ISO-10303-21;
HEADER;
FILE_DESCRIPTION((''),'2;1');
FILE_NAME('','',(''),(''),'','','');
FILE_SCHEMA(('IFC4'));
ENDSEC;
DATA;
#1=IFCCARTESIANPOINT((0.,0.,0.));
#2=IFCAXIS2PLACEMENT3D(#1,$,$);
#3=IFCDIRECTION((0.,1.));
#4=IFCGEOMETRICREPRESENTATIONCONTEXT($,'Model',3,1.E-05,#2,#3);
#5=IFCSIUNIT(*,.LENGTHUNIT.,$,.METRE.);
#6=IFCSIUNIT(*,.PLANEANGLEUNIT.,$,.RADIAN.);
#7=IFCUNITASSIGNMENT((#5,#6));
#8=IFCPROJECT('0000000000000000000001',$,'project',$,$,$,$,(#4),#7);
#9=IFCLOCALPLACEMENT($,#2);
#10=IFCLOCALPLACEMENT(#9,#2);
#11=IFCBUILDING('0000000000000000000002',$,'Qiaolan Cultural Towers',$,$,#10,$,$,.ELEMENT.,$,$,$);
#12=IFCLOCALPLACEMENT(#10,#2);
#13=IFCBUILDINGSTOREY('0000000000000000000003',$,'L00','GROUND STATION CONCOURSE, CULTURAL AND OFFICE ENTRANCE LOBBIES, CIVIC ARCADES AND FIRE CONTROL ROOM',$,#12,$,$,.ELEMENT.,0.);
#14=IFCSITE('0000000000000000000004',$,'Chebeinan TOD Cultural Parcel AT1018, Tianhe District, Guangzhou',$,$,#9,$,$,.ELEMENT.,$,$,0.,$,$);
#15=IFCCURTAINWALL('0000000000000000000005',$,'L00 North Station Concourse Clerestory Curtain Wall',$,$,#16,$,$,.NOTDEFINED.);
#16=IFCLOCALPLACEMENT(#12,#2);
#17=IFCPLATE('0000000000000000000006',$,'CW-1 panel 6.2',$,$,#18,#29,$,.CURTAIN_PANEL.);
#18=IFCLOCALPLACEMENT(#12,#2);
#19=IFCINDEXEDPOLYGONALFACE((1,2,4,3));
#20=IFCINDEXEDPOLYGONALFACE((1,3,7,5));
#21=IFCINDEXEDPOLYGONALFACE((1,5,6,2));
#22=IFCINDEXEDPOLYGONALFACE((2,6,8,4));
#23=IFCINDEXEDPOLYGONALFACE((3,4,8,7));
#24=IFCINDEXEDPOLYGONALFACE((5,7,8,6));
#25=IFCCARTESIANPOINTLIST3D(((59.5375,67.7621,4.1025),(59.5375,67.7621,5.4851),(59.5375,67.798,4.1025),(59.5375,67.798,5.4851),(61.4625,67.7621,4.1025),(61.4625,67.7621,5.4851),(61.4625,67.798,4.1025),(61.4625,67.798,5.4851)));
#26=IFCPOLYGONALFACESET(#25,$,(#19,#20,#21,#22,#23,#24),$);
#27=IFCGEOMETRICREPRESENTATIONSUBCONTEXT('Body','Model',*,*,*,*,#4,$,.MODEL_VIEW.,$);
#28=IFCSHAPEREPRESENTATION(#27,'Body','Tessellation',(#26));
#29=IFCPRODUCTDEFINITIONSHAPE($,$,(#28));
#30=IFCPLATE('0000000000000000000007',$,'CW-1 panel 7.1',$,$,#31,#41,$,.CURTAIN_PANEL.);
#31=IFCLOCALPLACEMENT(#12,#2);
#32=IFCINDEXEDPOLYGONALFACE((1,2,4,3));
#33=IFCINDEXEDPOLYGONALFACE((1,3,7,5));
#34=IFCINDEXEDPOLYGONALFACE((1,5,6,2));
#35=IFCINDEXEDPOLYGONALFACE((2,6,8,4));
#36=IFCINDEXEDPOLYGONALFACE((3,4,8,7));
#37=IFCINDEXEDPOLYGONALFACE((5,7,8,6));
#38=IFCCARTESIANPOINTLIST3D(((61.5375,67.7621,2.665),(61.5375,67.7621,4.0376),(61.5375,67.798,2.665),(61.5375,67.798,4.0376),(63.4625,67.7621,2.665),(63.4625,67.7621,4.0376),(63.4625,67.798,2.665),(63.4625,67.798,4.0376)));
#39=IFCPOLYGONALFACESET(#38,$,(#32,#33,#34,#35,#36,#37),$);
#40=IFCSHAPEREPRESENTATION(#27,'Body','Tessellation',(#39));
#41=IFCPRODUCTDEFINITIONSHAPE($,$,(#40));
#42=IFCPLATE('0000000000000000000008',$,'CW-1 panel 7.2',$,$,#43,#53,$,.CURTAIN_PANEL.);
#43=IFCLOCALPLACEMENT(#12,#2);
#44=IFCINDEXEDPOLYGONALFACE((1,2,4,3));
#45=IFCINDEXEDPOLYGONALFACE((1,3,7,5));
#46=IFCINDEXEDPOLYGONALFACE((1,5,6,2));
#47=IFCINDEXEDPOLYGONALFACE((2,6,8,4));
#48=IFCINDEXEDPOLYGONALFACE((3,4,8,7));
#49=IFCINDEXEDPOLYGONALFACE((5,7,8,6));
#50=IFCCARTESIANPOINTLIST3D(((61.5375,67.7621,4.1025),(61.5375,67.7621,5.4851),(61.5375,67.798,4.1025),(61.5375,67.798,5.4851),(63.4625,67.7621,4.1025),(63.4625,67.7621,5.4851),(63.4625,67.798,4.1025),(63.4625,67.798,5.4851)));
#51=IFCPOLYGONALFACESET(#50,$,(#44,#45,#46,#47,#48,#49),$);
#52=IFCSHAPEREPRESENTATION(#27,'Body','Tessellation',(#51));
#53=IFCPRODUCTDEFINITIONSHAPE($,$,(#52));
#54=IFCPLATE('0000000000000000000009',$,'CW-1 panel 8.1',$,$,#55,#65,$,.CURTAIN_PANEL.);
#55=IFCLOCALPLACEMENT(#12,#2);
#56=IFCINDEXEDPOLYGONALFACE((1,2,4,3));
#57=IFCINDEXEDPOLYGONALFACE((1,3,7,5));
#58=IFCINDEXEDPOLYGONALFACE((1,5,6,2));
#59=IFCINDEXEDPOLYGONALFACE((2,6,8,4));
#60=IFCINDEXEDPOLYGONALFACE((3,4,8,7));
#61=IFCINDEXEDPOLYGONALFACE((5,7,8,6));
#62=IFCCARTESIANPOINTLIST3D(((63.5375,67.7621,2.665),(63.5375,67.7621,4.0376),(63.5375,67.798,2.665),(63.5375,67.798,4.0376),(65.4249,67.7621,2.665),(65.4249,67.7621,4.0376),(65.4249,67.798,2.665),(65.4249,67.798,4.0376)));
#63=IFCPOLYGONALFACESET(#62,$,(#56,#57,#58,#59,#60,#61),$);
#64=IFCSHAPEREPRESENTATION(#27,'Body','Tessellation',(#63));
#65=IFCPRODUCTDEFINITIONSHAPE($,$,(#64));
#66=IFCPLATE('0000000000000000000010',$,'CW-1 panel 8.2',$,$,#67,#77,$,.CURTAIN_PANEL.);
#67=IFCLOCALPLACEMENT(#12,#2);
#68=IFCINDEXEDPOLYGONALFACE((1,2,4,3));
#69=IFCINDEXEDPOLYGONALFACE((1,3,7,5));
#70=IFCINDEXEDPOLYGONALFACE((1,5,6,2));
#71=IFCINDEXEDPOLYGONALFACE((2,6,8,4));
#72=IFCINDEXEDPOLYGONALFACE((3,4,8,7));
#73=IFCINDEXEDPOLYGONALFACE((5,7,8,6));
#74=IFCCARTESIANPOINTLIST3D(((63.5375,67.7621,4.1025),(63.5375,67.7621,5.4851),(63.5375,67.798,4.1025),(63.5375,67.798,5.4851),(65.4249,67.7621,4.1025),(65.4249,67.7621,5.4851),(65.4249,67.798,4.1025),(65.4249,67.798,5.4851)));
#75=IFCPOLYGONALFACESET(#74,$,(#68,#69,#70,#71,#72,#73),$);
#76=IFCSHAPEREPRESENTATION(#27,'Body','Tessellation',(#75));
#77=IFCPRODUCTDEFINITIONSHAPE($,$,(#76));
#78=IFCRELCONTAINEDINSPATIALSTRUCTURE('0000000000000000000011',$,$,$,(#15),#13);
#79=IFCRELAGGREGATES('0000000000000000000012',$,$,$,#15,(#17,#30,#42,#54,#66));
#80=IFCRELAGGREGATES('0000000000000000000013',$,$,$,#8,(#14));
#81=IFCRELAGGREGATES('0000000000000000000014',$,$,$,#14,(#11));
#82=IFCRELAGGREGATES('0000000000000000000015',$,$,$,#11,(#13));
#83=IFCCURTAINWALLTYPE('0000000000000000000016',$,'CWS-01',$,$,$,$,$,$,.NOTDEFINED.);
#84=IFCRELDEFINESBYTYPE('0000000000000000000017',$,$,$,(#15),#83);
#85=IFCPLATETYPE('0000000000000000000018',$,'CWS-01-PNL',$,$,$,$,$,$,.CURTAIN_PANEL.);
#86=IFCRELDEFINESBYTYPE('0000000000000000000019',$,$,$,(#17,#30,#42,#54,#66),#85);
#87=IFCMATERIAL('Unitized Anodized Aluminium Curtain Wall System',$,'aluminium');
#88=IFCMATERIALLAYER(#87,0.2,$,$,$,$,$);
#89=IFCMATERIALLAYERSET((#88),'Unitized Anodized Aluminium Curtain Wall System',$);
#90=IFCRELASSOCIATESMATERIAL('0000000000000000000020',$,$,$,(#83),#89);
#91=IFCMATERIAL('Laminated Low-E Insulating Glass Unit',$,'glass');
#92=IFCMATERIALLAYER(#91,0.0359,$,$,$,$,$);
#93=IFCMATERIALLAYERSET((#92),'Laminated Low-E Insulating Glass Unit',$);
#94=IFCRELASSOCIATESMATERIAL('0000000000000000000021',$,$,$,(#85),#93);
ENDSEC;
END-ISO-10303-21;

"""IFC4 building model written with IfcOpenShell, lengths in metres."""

from ifc_helpers import new_model, si_unit, direction, frame, origin, origin_2d, place, context, subcontext, project, spatial, rectangle, extrude, material, layer, layer_set, type_object, element, aggregate, save


model = new_model("IFC4")

# Units and contexts
model_context = context("Model", 3, precision=1e-05, world=origin(), true_north=direction((0.0, 1.0)))
body_context = subcontext(model_context, "Body", "Model", "MODEL_VIEW")
ifc_project = project(units=[si_unit("LENGTHUNIT", "METRE"), si_unit("PLANEANGLEUNIT", "RADIAN")], contexts=[model_context])

# Site, building, storey
site_placement = place(None, origin())
site = spatial("IfcSite", under=ifc_project, at=site_placement, Name="Chebeinan TOD Cultural Parcel AT1018, Tianhe District, Guangzhou", CompositionType="ELEMENT", RefElevation=0.0)
building_placement = place(site_placement, origin())
building = spatial("IfcBuilding", under=site, at=building_placement, Name="Qiaolan Cultural Towers", CompositionType="ELEMENT")
storey_placement = place(building_placement, origin())
storey = spatial("IfcBuildingStorey", under=building, at=storey_placement, Name="L00", Description="GROUND STATION CONCOURSE, CULTURAL AND OFFICE ENTRANCE LOBBIES, CIVIC ARCADES AND FIRE CONTROL ROOM", CompositionType="ELEMENT", Elevation=0.0)

# Curtain wall, plates
ifc_material_1 = material(Name="Unitized Anodized Aluminium Curtain Wall System", Category="aluminium")
ifc_layer_1 = layer(ifc_material_1, 0.2)
ifc_layer_set_1 = layer_set([ifc_layer_1], Name="Unitized Anodized Aluminium Curtain Wall System")
curtain_wall_type = type_object("IfcCurtainWallType", Name="CWS-01", PredefinedType="NOTDEFINED", material=ifc_layer_set_1)
curtain_wall_placement = place(storey_placement, origin())
curtain_wall = element("IfcCurtainWall", 1, at=curtain_wall_placement, inside=storey, type_object=curtain_wall_type, Name="L00 North Station Concourse Clerestory Curtain Wall", PredefinedType="NOTDEFINED")
ifc_material_2 = material(Name="Laminated Low-E Insulating Glass Unit", Category="glass")
ifc_layer_2 = layer(ifc_material_2, 0.0359)
ifc_layer_set_2 = layer_set([ifc_layer_2], Name="Laminated Low-E Insulating Glass Unit")
plate_type = type_object("IfcPlateType", Name="CWS-01-PNL", PredefinedType="CURTAIN_PANEL", material=ifc_layer_set_2)
plate_1_placement = place(storey_placement, frame((60.5, 67.78, 4.1025), z_axis=(0.0, 0.0, 1.0), x_axis=(1.0, 0.0, 0.0)))
plate_1 = element("IfcPlate", 2, at=plate_1_placement, type_object=plate_type, Name="CW-1 panel 6.2", PredefinedType="CURTAIN_PANEL", context=body_context, shape_type="SweptSolid", body=[
    extrude(rectangle(XDim=1.925, YDim=0.0359, at=origin_2d()), origin(), (0.0, 0.0, 1.0), 1.3826),
])
plate_2_placement = place(storey_placement, frame((62.5, 67.78, 2.665), z_axis=(0.0, 0.0, 1.0), x_axis=(1.0, 0.0, 0.0)))
plate_2 = element("IfcPlate", 3, at=plate_2_placement, type_object=plate_type, Name="CW-1 panel 7.1", PredefinedType="CURTAIN_PANEL", context=body_context, shape_type="SweptSolid", body=[
    extrude(rectangle(XDim=1.925, YDim=0.0359, at=origin_2d()), origin(), (0.0, 0.0, 1.0), 1.3726),
])
plate_3_placement = place(storey_placement, frame((62.5, 67.78, 4.1025), z_axis=(0.0, 0.0, 1.0), x_axis=(1.0, 0.0, 0.0)))
plate_3 = element("IfcPlate", 4, at=plate_3_placement, type_object=plate_type, Name="CW-1 panel 7.2", PredefinedType="CURTAIN_PANEL", context=body_context, shape_type="SweptSolid", body=[
    extrude(rectangle(XDim=1.925, YDim=0.0359, at=origin_2d()), origin(), (0.0, 0.0, 1.0), 1.3826),
])
plate_4_placement = place(storey_placement, frame((64.4812, 67.78, 2.665), z_axis=(0.0, 0.0, 1.0), x_axis=(1.0, 0.0, 0.0)))
plate_4 = element("IfcPlate", 5, at=plate_4_placement, type_object=plate_type, Name="CW-1 panel 8.1", PredefinedType="CURTAIN_PANEL", context=body_context, shape_type="SweptSolid", body=[
    extrude(rectangle(XDim=1.8875, YDim=0.0359, at=origin_2d()), origin(), (0.0, 0.0, 1.0), 1.3726),
])
plate_5_placement = place(storey_placement, frame((64.4812, 67.78, 4.1025), z_axis=(0.0, 0.0, 1.0), x_axis=(1.0, 0.0, 0.0)))
plate_5 = element("IfcPlate", 6, at=plate_5_placement, type_object=plate_type, Name="CW-1 panel 8.2", PredefinedType="CURTAIN_PANEL", context=body_context, shape_type="SweptSolid", body=[
    extrude(rectangle(XDim=1.8875, YDim=0.0359, at=origin_2d()), origin(), (0.0, 0.0, 1.0), 1.3826),
])
aggregate(curtain_wall, [plate_1, plate_2, plate_3, plate_4, plate_5])

save(model, "model.ifc")
